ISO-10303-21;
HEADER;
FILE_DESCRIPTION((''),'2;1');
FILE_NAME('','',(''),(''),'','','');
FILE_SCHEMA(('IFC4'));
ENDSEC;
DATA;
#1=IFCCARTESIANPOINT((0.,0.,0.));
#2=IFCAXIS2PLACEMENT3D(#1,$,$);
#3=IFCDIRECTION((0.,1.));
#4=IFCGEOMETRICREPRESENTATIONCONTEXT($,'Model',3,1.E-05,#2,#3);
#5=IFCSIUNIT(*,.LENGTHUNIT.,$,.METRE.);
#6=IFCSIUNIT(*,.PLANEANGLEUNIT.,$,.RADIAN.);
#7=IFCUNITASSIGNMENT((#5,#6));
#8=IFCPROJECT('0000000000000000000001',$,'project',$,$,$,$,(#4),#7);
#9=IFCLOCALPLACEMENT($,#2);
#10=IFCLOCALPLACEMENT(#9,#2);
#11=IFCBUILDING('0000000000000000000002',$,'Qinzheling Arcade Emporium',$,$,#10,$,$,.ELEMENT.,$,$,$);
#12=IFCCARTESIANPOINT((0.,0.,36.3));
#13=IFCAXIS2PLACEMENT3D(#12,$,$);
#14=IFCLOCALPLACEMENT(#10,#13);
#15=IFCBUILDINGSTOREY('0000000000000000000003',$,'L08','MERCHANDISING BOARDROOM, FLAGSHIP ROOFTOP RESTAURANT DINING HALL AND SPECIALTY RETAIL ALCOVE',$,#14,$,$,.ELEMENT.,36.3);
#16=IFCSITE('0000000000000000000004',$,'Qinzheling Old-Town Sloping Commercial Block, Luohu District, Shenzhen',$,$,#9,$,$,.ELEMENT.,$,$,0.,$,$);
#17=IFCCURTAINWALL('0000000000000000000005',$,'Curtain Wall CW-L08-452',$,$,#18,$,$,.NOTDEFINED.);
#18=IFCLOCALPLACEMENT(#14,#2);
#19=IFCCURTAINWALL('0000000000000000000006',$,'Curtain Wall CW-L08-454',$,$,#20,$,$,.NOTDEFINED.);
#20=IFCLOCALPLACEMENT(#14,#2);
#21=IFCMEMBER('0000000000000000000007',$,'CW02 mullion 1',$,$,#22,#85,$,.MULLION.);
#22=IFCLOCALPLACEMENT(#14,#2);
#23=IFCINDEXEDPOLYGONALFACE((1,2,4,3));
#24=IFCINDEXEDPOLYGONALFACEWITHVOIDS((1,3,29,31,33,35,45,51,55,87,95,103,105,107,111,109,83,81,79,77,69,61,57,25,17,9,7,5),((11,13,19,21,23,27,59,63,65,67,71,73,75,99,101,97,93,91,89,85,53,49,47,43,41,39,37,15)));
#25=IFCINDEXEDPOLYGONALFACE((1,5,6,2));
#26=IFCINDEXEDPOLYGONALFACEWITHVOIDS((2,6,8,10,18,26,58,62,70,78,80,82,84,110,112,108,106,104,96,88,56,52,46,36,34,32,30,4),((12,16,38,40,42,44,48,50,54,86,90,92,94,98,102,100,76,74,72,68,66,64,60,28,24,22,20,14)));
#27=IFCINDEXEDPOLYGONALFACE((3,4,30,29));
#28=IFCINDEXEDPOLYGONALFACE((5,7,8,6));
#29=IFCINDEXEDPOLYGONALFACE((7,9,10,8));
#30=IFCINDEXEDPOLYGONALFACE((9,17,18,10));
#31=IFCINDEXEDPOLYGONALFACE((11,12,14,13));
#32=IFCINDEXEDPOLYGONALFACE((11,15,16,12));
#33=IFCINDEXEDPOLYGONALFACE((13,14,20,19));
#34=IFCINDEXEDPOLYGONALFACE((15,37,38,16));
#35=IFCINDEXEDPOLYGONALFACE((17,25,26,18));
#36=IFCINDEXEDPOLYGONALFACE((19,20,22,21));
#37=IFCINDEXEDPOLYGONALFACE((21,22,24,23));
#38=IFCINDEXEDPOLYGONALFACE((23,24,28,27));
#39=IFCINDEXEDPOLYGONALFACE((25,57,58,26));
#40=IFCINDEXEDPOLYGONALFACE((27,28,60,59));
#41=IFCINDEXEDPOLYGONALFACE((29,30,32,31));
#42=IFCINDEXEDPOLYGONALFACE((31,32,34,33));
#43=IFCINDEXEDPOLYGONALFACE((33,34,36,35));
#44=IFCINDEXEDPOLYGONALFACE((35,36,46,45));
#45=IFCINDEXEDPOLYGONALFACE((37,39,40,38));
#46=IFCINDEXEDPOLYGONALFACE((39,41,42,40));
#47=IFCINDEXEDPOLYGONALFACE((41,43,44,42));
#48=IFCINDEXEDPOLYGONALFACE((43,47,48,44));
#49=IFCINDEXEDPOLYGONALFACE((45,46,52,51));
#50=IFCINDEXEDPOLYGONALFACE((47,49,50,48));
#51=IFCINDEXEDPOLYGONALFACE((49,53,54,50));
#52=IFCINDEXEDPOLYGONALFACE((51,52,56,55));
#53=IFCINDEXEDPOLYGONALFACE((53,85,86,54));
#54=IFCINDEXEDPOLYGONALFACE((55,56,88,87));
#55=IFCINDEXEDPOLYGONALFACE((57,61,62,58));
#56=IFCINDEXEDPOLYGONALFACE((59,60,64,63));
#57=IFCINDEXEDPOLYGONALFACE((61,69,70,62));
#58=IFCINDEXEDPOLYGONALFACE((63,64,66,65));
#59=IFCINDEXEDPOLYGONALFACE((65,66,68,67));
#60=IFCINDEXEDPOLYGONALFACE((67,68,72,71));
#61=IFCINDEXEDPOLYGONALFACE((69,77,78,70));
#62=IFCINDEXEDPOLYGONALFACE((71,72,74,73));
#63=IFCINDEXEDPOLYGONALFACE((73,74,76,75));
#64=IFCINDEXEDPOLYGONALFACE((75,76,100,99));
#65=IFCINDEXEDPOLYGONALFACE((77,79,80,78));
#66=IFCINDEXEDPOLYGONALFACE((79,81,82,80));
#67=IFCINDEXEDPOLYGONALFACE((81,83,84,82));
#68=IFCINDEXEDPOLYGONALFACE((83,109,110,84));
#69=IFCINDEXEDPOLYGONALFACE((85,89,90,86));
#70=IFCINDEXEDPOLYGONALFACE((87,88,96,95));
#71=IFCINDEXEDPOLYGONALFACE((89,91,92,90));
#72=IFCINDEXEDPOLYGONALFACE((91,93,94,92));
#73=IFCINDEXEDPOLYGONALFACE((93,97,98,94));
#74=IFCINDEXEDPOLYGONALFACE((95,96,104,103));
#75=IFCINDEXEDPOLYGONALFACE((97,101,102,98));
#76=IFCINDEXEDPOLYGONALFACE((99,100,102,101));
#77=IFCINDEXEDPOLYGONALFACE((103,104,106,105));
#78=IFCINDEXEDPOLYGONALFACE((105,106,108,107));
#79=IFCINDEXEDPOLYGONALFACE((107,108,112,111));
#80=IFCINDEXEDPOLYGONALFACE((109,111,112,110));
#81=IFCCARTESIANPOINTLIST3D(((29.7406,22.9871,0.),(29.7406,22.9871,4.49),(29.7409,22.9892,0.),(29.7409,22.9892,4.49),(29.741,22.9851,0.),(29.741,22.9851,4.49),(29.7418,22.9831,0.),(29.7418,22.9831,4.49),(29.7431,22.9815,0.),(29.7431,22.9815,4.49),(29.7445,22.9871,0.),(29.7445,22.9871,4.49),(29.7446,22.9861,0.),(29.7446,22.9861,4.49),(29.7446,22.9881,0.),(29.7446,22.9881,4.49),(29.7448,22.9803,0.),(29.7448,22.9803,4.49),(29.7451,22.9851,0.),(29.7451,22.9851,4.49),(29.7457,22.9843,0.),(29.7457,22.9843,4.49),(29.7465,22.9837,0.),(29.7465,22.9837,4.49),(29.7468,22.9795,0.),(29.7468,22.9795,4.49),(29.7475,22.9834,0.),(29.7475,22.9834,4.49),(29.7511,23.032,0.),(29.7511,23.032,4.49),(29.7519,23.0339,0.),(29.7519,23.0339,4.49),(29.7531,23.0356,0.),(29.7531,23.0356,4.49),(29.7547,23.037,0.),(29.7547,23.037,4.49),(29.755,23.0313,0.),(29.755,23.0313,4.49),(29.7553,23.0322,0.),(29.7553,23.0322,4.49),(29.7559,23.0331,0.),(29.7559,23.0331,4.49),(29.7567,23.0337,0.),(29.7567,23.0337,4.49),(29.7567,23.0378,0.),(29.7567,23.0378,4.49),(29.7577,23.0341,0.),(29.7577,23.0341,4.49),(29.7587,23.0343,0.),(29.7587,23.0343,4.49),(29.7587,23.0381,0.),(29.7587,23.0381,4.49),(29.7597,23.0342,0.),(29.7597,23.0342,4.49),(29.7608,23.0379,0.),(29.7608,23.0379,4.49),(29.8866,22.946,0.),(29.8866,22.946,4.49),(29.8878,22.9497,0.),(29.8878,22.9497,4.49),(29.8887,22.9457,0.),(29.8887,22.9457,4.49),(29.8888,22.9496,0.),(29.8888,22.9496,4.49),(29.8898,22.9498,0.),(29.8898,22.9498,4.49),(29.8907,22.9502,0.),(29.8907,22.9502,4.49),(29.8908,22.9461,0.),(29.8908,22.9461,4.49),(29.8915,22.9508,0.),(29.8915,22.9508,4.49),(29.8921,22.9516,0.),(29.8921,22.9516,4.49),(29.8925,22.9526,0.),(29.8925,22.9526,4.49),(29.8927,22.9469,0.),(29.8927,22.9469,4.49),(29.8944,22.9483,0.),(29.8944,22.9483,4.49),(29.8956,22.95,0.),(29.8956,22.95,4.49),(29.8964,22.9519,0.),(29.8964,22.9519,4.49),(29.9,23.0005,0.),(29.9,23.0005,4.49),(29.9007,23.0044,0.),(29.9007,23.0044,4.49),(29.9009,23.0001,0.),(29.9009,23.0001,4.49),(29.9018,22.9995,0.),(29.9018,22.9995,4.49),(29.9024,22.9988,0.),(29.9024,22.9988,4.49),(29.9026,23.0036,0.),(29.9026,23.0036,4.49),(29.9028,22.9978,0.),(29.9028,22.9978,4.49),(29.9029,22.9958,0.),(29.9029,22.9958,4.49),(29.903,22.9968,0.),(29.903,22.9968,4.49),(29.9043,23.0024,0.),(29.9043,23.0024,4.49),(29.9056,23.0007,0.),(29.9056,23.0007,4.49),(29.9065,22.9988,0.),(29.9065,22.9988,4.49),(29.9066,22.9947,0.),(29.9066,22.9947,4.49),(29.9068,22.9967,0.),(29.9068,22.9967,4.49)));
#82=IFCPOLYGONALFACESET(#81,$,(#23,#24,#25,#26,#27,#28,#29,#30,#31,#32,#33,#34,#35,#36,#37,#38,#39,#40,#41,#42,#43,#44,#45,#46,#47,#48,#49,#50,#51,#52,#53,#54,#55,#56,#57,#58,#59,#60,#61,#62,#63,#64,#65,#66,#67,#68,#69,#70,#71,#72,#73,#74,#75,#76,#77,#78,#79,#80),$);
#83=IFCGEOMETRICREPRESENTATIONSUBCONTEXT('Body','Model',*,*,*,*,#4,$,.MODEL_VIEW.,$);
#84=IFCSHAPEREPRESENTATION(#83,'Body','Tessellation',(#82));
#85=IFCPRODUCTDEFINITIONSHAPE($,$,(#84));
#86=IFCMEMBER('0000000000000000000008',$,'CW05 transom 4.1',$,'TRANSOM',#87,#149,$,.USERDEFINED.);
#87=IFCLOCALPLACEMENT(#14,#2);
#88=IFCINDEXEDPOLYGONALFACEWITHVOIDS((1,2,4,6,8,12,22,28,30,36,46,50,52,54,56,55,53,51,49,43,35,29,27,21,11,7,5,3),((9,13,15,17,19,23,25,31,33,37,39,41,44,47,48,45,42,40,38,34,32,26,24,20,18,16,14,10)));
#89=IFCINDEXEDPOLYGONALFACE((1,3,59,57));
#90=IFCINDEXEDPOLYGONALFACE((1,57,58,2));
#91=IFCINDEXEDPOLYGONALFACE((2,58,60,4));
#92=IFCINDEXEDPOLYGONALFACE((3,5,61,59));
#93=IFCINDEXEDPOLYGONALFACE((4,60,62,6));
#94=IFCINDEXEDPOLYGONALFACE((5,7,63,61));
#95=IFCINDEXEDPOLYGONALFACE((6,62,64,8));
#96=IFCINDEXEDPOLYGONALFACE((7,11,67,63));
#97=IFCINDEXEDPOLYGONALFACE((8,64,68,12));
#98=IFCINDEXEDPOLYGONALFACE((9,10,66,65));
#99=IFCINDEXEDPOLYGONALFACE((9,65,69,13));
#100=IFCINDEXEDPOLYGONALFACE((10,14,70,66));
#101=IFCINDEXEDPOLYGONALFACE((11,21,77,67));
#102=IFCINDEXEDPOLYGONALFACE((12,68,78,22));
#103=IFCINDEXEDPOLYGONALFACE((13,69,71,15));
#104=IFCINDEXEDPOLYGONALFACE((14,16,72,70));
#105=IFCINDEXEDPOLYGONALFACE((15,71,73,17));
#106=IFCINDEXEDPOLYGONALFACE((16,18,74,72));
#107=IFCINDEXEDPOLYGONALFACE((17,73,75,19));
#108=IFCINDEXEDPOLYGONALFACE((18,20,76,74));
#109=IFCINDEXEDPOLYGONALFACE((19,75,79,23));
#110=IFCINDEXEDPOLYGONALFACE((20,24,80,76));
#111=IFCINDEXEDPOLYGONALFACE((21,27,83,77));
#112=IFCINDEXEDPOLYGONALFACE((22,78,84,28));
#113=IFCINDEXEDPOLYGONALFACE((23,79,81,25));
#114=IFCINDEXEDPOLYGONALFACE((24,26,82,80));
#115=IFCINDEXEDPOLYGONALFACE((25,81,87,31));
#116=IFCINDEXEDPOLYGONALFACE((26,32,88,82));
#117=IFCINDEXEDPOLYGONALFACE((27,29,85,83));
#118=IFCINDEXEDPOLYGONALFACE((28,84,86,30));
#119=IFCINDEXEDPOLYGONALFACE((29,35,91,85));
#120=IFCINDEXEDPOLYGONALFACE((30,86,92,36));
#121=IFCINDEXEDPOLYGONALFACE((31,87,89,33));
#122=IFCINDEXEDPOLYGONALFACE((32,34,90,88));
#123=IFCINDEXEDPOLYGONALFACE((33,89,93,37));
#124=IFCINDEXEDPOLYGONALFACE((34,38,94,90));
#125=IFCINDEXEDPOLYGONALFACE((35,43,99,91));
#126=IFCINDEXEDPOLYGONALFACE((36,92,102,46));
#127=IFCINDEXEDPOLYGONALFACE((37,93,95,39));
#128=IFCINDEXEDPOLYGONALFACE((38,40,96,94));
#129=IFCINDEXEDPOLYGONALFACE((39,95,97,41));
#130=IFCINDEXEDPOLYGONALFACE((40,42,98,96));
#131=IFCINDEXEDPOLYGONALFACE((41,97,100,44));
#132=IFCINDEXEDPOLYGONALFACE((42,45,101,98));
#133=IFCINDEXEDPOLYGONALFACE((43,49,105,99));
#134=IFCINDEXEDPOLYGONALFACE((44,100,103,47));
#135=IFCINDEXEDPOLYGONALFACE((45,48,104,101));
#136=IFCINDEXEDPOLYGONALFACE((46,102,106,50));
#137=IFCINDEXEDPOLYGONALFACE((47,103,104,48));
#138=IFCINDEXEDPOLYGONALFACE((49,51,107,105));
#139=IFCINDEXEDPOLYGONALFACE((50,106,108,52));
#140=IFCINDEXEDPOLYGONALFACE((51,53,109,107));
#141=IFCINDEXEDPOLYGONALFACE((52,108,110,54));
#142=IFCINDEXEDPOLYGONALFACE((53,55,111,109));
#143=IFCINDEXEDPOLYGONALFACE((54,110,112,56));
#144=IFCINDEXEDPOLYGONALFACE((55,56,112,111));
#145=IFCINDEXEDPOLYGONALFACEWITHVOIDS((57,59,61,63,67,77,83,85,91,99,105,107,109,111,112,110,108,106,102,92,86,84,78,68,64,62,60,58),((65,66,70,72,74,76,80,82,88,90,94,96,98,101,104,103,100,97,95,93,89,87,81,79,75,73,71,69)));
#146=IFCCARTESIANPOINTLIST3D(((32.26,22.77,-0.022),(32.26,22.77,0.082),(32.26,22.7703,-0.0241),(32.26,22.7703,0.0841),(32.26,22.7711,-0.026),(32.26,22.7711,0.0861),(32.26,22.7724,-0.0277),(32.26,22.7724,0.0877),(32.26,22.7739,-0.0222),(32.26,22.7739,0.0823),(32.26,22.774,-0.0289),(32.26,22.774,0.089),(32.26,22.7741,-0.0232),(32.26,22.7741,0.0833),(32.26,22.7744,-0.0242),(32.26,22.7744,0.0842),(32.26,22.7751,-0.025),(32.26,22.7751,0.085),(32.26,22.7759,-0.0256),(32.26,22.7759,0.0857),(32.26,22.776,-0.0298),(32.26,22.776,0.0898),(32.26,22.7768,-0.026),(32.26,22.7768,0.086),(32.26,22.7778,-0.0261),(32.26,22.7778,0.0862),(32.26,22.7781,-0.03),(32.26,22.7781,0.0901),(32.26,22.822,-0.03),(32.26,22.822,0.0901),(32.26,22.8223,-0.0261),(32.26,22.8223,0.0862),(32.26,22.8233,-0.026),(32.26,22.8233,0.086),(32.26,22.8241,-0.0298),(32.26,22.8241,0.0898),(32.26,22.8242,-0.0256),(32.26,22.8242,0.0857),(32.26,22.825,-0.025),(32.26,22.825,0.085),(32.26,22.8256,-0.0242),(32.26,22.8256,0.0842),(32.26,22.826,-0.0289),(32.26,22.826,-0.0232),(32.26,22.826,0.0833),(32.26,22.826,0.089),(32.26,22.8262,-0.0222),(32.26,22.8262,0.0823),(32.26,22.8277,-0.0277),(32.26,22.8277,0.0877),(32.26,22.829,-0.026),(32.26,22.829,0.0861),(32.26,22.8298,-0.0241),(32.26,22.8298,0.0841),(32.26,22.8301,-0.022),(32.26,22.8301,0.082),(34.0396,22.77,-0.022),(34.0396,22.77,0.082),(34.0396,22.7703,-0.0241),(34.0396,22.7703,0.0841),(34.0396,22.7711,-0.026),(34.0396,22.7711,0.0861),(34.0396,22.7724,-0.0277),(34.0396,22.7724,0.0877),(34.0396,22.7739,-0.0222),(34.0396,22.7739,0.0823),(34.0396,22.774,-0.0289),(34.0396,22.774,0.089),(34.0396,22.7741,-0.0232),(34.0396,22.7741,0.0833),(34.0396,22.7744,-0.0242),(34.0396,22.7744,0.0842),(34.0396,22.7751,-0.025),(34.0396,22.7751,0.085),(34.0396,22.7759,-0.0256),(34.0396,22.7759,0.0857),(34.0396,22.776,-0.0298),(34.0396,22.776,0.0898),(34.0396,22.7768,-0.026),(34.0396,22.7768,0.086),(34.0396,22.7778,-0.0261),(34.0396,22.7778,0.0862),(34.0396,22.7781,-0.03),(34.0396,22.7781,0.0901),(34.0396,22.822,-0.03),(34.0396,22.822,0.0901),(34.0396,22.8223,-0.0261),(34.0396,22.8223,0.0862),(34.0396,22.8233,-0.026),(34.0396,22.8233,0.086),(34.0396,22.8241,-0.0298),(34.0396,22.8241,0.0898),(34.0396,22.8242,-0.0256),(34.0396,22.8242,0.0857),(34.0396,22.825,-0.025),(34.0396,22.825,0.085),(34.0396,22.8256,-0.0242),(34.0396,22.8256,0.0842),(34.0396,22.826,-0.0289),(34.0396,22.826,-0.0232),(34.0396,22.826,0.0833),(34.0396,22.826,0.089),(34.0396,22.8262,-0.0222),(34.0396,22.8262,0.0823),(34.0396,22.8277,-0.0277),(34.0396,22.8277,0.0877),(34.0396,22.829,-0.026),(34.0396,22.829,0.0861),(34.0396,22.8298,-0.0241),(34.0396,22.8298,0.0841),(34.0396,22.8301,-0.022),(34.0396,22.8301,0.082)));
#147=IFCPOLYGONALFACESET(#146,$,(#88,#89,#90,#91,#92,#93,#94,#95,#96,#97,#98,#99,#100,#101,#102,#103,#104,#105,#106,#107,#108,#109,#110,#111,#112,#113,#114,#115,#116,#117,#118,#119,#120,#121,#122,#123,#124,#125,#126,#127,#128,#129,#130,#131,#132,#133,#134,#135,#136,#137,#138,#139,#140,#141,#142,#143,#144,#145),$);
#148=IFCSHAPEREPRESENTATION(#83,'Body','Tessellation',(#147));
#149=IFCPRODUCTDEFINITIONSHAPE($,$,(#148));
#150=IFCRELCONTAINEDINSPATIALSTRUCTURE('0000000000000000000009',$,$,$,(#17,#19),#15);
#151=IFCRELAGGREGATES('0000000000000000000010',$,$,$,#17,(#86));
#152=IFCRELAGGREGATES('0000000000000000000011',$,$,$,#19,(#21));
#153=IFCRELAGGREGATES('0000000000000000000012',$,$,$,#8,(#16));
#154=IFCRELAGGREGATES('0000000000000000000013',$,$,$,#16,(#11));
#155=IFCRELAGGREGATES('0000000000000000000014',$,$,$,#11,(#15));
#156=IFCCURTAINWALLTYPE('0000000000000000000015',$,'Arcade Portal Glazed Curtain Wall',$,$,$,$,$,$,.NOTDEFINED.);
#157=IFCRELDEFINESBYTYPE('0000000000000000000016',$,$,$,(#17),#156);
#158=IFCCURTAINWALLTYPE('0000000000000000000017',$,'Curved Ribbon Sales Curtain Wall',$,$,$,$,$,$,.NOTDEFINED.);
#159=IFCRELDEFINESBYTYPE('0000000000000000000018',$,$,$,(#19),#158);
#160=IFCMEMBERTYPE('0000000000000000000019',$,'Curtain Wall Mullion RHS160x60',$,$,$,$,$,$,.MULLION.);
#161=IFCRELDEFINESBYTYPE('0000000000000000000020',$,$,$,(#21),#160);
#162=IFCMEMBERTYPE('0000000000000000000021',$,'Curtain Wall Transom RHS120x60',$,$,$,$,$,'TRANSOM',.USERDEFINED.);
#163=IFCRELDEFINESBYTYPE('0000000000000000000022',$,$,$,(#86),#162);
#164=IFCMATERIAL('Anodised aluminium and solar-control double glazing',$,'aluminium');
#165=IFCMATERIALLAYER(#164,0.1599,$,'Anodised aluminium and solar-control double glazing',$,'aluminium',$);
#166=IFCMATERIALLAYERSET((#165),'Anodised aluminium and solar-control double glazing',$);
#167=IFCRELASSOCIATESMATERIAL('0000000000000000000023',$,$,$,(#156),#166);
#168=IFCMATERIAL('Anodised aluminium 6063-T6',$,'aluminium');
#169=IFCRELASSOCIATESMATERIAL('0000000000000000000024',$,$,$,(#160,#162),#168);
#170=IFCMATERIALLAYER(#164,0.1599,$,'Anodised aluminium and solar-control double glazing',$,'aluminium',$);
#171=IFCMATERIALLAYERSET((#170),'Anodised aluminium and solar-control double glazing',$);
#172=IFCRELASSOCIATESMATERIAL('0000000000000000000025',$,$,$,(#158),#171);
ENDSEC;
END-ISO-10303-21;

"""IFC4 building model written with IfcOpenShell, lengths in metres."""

from ifc_helpers import new_model, si_unit, direction, frame, origin, origin_2d, place, context, subcontext, project, spatial, hollow_rectangle, extrude, material, layer, layer_set, material_profile, profile_set, type_object, element, aggregate, save


model = new_model("IFC4")

# Units and contexts
model_context = context("Model", 3, precision=1e-05, world=origin(), true_north=direction((0.0, 1.0)))
body_context = subcontext(model_context, "Body", "Model", "MODEL_VIEW")
ifc_project = project(units=[si_unit("LENGTHUNIT", "METRE"), si_unit("PLANEANGLEUNIT", "RADIAN")], contexts=[model_context])

# Site, building, storey
site_placement = place(None, origin())
site = spatial("IfcSite", under=ifc_project, at=site_placement, Name="Qinzheling Old-Town Sloping Commercial Block, Luohu District, Shenzhen", CompositionType="ELEMENT", RefElevation=0.0)
building_placement = place(site_placement, origin())
building = spatial("IfcBuilding", under=site, at=building_placement, Name="Qinzheling Arcade Emporium", CompositionType="ELEMENT")
storey_placement = place(building_placement, frame((0.0, 0.0, 36.3)))
storey = spatial("IfcBuildingStorey", under=building, at=storey_placement, Name="L08", Description="MERCHANDISING BOARDROOM, FLAGSHIP ROOFTOP RESTAURANT DINING HALL AND SPECIALTY RETAIL ALCOVE", CompositionType="ELEMENT", Elevation=36.3)

# Curtain wall
ifc_material_1 = material(Name="Anodised aluminium and solar-control double glazing", Category="aluminium")
ifc_layer_1 = layer(ifc_material_1, 0.1599, Name="Anodised aluminium and solar-control double glazing", Category="aluminium")
ifc_layer_set_1 = layer_set([ifc_layer_1], Name="Anodised aluminium and solar-control double glazing")
curtain_wall_type_1 = type_object("IfcCurtainWallType", Name="Arcade Portal Glazed Curtain Wall", PredefinedType="NOTDEFINED", material=ifc_layer_set_1)
curtain_wall_1_placement = place(storey_placement, origin())
curtain_wall_1 = element("IfcCurtainWall", 1, at=curtain_wall_1_placement, inside=storey, type_object=curtain_wall_type_1, Name="Curtain Wall CW-L08-452", PredefinedType="NOTDEFINED")
ifc_material_2 = material(Name="Anodised aluminium 6063-T6", Category="aluminium")
ifc_material_profile_1 = material_profile(ifc_material_2, hollow_rectangle(XDim=0.0601, YDim=0.1599, WallThickness=0.0039, InnerFilletRadius=0.0039, OuterFilletRadius=0.0081, at=origin_2d()), Name="RHS 160x60x4", Category="aluminium")
ifc_profile_set_1 = profile_set([ifc_material_profile_1], Name="Anodised aluminium 6063-T6")
member_type_1 = type_object("IfcMemberType", Name="Curtain Wall Mullion RHS160x60", PredefinedType="MULLION", material=ifc_profile_set_1)

# Curtain wall, member
ifc_layer_2 = layer(ifc_material_1, 0.1599, Name="Anodised aluminium and solar-control double glazing", Category="aluminium")
ifc_layer_set_2 = layer_set([ifc_layer_2], Name="Anodised aluminium and solar-control double glazing")
curtain_wall_type_2 = type_object("IfcCurtainWallType", Name="Curved Ribbon Sales Curtain Wall", PredefinedType="NOTDEFINED", material=ifc_layer_set_2)
curtain_wall_2_placement = place(storey_placement, origin())
curtain_wall_2 = element("IfcCurtainWall", 2, at=curtain_wall_2_placement, inside=storey, type_object=curtain_wall_type_2, Name="Curtain Wall CW-L08-454", PredefinedType="NOTDEFINED")
member_1_placement = place(storey_placement, frame((29.8237, 22.9919, 0.0), z_axis=(0.0, 0.0, 1.0), x_axis=(-0.233325, -0.972399, 0.0)))
member_1 = element("IfcMember", 3, at=member_1_placement, type_object=member_type_1, Name="CW02 mullion 1", PredefinedType="MULLION", context=body_context, shape_type="SweptSolid", body=[
    extrude(hollow_rectangle(XDim=0.0601, YDim=0.1599, WallThickness=0.0039, InnerFilletRadius=0.0039, OuterFilletRadius=0.0081, at=origin_2d()), origin(), (0.0, 0.0, 1.0), 4.49),
])

# Member
ifc_material_profile_2 = material_profile(ifc_material_2, hollow_rectangle(XDim=0.0601, YDim=0.1201, WallThickness=0.0039, InnerFilletRadius=0.0039, OuterFilletRadius=0.0081, at=origin_2d()), Name="RHS 120x60x4", Category="aluminium")
ifc_profile_set_2 = profile_set([ifc_material_profile_2], Name="Anodised aluminium 6063-T6")
member_type_2 = type_object("IfcMemberType", Name="Curtain Wall Transom RHS120x60", ElementType="TRANSOM", PredefinedType="USERDEFINED", material=ifc_profile_set_2)
member_2_placement = place(storey_placement, frame((34.0396, 22.8, 0.03), z_axis=(-1.0, 0.0, 0.0), x_axis=(0.0, -1.0, 0.0)))
member_2 = element("IfcMember", 4, at=member_2_placement, type_object=member_type_2, Name="CW05 transom 4.1", ObjectType="TRANSOM", PredefinedType="USERDEFINED", context=body_context, shape_type="SweptSolid", body=[
    extrude(hollow_rectangle(XDim=0.0601, YDim=0.1201, WallThickness=0.0039, InnerFilletRadius=0.0039, OuterFilletRadius=0.0081, at=origin_2d()), origin(), (0.0, 0.0, 1.0), 1.7795),
])

aggregate(curtain_wall_1, [member_2])
aggregate(curtain_wall_2, [member_1])

save(model, "model.ifc")
